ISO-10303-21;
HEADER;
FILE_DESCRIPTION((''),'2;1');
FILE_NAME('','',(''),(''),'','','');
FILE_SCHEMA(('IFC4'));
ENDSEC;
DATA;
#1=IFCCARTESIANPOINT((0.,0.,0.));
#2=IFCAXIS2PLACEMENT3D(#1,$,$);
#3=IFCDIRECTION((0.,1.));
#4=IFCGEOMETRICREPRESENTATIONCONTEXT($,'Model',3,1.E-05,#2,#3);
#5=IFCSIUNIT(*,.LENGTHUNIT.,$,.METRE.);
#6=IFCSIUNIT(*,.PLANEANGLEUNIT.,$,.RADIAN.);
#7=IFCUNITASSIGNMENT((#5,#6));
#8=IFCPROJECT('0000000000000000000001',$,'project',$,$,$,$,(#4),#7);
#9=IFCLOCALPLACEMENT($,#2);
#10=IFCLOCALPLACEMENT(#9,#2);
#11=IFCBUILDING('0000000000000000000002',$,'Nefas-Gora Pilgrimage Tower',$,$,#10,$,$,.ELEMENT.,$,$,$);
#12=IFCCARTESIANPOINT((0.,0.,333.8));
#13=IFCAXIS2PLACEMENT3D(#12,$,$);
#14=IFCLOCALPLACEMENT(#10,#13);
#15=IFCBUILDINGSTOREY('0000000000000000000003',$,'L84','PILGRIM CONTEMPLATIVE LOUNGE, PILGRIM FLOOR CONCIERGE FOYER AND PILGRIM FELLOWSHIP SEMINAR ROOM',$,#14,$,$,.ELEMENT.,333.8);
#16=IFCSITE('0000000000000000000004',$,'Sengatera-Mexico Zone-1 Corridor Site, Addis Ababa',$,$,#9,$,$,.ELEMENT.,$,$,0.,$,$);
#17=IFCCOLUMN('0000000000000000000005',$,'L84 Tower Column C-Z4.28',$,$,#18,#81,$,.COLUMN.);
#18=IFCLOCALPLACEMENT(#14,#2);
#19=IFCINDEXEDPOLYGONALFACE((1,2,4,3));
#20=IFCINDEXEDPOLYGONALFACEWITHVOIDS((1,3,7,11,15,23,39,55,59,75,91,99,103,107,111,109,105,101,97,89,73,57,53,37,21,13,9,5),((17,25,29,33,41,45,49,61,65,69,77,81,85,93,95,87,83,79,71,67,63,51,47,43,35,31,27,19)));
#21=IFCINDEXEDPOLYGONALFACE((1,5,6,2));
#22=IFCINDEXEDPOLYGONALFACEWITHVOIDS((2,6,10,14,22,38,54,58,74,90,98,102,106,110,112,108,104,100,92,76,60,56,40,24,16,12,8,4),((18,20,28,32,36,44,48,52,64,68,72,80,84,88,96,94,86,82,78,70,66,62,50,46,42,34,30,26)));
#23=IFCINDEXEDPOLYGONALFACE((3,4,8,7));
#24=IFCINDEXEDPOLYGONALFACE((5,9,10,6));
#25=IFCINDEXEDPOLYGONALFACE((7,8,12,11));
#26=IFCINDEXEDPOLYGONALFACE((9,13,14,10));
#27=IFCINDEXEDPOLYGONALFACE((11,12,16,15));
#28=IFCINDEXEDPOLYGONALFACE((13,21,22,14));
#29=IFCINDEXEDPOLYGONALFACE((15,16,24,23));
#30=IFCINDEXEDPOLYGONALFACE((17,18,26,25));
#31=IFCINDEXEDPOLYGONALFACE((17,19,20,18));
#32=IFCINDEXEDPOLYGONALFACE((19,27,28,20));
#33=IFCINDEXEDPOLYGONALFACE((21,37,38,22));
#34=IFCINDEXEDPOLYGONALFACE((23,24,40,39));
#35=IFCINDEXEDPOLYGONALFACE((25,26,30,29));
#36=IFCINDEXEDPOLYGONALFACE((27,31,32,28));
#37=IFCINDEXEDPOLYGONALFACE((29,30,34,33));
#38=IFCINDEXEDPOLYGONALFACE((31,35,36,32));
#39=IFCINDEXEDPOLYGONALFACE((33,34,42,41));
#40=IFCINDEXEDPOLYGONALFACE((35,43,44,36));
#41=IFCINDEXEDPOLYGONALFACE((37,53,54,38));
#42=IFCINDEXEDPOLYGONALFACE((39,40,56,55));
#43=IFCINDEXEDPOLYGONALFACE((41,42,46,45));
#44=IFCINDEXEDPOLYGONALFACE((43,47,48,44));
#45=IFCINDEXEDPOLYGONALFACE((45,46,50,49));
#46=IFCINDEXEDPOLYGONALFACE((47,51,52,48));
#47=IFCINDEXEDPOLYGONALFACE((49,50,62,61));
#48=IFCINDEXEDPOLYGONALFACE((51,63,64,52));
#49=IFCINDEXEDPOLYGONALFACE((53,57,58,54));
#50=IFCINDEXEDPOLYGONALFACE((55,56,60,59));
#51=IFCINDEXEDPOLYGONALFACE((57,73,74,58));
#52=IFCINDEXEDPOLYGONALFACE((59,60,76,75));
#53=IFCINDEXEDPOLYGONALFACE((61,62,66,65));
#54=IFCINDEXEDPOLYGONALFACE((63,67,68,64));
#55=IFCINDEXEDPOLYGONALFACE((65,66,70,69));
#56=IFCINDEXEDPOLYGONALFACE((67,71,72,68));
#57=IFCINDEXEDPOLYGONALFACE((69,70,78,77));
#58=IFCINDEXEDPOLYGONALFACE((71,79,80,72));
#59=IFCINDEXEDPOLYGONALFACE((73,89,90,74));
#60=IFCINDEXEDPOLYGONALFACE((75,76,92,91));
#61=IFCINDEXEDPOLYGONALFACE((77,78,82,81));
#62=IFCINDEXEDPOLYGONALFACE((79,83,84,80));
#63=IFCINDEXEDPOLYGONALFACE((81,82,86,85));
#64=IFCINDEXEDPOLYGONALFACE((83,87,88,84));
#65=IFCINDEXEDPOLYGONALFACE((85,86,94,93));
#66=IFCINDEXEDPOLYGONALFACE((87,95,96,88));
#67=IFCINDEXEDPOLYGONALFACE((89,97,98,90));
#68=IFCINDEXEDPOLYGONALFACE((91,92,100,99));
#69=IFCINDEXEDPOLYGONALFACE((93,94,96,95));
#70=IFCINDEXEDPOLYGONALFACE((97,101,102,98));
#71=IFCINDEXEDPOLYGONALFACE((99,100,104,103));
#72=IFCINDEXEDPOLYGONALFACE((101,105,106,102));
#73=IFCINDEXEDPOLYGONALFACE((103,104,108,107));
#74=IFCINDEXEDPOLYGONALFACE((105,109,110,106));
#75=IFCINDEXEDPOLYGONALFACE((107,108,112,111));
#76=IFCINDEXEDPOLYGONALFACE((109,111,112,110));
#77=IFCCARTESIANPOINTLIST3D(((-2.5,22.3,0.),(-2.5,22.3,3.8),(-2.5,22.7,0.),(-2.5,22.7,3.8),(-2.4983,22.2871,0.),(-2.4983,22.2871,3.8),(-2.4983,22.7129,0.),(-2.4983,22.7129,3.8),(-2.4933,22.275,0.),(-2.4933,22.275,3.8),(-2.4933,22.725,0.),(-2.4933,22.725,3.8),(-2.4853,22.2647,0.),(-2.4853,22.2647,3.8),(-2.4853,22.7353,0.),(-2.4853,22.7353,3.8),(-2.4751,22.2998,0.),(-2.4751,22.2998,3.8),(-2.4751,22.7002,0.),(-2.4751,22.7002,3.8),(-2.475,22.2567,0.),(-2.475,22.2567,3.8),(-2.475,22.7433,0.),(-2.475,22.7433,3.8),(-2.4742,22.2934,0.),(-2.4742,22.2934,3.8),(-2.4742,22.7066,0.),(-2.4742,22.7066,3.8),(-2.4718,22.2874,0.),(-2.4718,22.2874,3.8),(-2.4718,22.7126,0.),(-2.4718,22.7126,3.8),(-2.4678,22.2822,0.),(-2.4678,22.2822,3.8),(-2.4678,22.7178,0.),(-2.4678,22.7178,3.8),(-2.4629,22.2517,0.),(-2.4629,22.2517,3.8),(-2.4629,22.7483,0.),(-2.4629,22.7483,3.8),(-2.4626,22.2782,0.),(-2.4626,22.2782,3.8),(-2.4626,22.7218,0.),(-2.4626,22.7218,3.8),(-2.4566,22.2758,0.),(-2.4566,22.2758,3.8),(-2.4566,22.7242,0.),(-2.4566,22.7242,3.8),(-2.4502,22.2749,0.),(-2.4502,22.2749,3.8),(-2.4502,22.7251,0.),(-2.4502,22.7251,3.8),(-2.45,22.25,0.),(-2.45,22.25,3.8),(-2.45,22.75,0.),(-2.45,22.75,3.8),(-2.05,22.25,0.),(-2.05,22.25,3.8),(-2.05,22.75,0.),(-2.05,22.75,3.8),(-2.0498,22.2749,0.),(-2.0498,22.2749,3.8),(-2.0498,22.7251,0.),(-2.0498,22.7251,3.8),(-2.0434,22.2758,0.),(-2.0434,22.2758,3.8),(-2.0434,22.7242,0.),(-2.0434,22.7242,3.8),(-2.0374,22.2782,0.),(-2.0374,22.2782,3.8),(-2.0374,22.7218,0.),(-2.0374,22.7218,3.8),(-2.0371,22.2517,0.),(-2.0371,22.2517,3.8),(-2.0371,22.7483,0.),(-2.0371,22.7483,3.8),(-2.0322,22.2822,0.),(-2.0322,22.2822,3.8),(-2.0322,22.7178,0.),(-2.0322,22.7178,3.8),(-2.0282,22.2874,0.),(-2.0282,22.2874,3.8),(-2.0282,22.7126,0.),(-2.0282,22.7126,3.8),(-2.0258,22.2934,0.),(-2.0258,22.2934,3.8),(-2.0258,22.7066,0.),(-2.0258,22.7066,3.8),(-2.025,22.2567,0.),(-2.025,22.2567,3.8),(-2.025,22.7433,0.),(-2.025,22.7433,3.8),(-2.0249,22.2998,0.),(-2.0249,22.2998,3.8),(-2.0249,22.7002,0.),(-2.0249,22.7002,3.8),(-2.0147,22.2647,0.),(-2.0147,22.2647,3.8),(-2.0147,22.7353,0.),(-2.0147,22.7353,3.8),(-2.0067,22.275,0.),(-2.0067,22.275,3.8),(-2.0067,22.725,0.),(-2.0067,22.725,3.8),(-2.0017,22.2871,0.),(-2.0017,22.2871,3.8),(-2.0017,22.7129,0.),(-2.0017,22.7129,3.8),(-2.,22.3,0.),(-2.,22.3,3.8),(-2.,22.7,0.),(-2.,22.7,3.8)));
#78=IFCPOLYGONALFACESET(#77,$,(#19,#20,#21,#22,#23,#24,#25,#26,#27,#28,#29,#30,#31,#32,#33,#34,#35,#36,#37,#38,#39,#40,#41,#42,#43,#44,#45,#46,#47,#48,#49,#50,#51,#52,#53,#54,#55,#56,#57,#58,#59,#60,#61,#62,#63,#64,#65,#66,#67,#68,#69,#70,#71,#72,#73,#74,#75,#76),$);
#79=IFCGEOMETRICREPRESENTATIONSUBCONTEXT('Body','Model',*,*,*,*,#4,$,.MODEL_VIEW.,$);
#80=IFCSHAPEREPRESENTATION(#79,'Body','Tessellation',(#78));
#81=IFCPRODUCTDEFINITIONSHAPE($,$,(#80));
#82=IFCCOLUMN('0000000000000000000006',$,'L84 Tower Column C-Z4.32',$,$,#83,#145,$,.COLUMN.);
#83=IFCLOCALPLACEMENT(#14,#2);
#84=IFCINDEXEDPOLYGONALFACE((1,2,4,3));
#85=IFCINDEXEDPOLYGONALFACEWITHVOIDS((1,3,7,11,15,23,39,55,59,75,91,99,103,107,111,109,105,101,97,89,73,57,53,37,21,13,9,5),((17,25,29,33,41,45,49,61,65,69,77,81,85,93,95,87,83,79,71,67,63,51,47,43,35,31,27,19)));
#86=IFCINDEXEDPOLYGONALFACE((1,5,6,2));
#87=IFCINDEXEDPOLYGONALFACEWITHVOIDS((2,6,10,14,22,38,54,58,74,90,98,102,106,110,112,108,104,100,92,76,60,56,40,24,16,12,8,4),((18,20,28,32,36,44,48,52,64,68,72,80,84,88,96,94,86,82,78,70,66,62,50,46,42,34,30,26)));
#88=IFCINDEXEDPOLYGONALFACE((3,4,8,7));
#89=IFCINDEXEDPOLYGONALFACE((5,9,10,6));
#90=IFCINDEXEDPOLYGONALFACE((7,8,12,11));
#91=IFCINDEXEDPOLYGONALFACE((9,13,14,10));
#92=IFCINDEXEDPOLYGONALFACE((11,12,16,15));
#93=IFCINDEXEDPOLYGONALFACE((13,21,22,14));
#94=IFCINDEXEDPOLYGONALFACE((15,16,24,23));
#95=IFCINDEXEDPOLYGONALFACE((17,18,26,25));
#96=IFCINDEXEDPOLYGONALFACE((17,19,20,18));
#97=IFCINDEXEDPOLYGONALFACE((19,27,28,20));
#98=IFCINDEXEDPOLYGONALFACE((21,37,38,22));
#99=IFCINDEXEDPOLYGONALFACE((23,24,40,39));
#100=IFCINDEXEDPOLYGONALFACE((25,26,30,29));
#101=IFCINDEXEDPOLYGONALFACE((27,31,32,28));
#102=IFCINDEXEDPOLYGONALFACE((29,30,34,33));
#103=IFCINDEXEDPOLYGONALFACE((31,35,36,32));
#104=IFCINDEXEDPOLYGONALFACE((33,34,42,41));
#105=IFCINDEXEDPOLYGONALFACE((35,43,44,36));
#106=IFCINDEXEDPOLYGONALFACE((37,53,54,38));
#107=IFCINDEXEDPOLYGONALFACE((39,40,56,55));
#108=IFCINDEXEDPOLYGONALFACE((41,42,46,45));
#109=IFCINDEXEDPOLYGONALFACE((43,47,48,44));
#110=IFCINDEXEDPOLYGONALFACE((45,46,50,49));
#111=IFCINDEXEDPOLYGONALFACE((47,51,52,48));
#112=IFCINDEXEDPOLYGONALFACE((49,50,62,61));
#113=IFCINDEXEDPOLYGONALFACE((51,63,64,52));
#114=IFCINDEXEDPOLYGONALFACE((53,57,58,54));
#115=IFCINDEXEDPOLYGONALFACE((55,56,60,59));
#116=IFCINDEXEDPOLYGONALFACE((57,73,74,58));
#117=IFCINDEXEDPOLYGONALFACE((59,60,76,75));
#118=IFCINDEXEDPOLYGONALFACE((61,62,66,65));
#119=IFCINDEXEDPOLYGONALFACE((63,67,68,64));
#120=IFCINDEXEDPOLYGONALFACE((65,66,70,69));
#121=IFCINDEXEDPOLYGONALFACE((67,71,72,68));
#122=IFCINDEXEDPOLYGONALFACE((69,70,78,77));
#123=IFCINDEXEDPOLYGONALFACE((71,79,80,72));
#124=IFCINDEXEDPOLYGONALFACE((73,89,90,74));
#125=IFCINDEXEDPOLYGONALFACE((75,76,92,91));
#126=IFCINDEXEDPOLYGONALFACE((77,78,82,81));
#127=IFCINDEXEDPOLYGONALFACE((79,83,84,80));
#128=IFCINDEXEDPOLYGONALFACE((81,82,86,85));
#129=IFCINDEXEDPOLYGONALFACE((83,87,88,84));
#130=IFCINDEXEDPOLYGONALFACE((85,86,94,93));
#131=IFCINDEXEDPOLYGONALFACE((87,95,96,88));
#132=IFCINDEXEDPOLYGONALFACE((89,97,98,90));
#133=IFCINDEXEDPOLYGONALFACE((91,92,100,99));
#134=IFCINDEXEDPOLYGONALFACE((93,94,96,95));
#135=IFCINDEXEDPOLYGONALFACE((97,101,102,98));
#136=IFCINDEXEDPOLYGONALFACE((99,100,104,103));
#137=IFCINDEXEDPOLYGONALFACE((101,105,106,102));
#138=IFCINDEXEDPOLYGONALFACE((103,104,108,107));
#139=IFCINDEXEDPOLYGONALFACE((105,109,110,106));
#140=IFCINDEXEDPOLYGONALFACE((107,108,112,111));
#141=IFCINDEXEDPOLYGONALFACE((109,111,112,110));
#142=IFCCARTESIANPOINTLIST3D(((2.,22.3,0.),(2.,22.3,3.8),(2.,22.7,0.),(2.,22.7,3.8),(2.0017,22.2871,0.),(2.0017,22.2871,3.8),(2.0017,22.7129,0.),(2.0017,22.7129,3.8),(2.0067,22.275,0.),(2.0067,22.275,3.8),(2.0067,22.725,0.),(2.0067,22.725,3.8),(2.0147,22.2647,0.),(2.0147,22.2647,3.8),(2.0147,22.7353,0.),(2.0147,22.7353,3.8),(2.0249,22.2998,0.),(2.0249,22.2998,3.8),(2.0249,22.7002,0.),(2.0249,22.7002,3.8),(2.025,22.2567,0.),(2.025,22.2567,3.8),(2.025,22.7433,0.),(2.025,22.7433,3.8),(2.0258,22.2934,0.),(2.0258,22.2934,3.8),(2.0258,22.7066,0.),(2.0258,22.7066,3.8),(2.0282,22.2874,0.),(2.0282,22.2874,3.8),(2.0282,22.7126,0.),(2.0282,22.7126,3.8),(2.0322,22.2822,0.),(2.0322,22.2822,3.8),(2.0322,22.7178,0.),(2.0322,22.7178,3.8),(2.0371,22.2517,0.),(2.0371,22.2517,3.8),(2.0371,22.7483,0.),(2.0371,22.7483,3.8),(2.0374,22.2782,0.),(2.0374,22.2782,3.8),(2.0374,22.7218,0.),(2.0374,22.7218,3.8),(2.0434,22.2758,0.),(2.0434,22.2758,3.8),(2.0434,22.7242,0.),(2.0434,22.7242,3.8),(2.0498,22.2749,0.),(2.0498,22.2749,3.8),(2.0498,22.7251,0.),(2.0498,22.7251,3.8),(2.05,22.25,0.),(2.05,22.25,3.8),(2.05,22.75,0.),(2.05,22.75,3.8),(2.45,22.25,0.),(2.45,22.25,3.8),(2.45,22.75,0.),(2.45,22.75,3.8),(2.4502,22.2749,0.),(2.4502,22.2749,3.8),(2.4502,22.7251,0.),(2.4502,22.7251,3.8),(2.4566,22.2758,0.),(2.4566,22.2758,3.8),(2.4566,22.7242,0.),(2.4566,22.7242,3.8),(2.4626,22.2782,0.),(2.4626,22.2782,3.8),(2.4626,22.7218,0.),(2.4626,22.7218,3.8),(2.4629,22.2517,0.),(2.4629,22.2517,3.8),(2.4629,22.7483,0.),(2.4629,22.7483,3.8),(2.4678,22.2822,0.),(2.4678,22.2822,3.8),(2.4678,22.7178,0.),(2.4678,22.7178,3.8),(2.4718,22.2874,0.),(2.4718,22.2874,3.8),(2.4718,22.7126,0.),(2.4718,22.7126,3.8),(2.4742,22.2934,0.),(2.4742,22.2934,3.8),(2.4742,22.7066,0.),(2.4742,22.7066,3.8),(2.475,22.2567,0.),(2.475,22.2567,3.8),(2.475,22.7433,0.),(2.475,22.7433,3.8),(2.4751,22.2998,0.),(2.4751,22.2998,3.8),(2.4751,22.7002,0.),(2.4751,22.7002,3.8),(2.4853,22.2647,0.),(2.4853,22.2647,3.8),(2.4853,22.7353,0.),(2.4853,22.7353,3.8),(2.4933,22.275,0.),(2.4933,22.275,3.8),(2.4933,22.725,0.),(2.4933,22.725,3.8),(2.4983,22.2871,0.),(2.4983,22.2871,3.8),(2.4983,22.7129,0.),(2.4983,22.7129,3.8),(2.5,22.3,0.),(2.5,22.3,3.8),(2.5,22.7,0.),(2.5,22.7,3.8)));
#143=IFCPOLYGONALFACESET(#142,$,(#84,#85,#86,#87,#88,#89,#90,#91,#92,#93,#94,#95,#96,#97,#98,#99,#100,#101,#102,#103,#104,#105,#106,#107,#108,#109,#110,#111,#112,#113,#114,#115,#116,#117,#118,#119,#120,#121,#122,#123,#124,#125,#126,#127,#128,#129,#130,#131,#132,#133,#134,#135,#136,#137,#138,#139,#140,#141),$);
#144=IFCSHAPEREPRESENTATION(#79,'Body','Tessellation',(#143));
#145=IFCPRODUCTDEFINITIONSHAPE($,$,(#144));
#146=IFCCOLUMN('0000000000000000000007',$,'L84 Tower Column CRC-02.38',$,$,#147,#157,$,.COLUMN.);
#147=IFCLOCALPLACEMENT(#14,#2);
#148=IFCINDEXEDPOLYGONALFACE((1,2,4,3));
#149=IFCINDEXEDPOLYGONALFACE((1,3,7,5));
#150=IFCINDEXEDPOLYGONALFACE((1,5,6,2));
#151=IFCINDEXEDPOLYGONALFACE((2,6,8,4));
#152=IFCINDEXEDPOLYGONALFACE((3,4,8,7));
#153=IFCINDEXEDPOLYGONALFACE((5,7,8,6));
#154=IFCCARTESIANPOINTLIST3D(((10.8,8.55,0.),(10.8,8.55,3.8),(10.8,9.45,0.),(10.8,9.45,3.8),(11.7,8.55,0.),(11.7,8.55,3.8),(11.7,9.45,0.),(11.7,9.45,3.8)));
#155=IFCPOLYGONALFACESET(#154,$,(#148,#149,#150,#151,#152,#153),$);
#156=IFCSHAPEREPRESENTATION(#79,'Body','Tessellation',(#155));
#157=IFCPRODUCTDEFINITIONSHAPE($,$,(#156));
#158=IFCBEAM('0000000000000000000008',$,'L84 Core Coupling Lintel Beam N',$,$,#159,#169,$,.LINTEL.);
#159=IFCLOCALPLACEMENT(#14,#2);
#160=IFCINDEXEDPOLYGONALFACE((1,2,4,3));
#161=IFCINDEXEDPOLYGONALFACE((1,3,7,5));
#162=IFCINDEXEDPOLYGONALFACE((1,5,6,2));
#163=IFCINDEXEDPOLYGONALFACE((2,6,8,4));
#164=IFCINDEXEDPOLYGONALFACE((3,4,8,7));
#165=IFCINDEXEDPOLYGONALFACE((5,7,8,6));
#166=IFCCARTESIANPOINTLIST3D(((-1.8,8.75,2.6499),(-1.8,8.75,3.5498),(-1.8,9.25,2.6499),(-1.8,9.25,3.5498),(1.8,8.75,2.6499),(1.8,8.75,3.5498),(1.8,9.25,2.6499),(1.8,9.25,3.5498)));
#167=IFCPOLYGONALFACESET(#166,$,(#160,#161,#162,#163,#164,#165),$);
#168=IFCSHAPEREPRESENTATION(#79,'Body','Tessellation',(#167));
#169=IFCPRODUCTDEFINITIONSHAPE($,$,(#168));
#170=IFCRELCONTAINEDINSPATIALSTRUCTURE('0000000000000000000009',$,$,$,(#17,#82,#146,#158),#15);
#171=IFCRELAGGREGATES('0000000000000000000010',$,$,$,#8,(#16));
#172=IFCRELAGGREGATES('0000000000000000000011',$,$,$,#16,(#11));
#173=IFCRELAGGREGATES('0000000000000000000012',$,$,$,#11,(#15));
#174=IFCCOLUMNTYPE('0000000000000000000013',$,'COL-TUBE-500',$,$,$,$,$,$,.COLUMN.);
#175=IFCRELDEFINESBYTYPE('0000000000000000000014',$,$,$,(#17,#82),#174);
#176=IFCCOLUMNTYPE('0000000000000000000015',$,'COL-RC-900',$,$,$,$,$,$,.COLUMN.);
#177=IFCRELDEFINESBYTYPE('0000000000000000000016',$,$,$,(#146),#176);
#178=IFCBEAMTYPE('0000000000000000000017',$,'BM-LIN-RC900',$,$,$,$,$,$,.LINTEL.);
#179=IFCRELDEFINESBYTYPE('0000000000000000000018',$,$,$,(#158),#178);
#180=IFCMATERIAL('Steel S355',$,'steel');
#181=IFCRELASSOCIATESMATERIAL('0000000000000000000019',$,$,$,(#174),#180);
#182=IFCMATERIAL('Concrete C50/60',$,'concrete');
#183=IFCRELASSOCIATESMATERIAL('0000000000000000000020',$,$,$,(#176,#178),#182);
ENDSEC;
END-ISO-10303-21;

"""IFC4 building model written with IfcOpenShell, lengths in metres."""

from ifc_helpers import new_model, si_unit, direction, frame, origin, origin_2d, place, context, subcontext, project, spatial, rectangle, hollow_rectangle, extrude, source, transform, mapped, material, material_profile, profile_set, type_object, element, save


model = new_model("IFC4")

# Units and contexts
model_context = context("Model", 3, precision=1e-05, world=origin(), true_north=direction((0.0, 1.0)))
body_context = subcontext(model_context, "Body", "Model", "MODEL_VIEW")
ifc_project = project(units=[si_unit("LENGTHUNIT", "METRE"), si_unit("PLANEANGLEUNIT", "RADIAN")], contexts=[model_context])

# Site, building, storey
site_placement = place(None, origin())
site = spatial("IfcSite", under=ifc_project, at=site_placement, Name="Sengatera-Mexico Zone-1 Corridor Site, Addis Ababa", CompositionType="ELEMENT", RefElevation=0.0)
building_placement = place(site_placement, origin())
building = spatial("IfcBuilding", under=site, at=building_placement, Name="Nefas-Gora Pilgrimage Tower", CompositionType="ELEMENT")
storey_placement = place(building_placement, frame((0.0, 0.0, 333.8)))
storey = spatial("IfcBuildingStorey", under=building, at=storey_placement, Name="L84", Description="PILGRIM CONTEMPLATIVE LOUNGE, PILGRIM FLOOR CONCIERGE FOYER AND PILGRIM FELLOWSHIP SEMINAR ROOM", CompositionType="ELEMENT", Elevation=333.8)

# Columns
ifc_material_1 = material(Name="Steel S355", Category="steel")
ifc_material_profile_1 = material_profile(ifc_material_1, hollow_rectangle(XDim=0.5, YDim=0.5, WallThickness=0.0249, InnerFilletRadius=0.0249, OuterFilletRadius=0.05, at=origin_2d()), Name="SHS 500x500x25")
ifc_profile_set_1 = profile_set([ifc_material_profile_1], Name="Steel S355")
column_type_1 = type_object("IfcColumnType", Name="COL-TUBE-500", PredefinedType="COLUMN", material=ifc_profile_set_1)
shared_shape_1 = source(origin(), body_context, "Body", "SweptSolid", [
    extrude(hollow_rectangle(XDim=0.5, YDim=0.5, WallThickness=0.0249, InnerFilletRadius=0.0249, OuterFilletRadius=0.05, at=origin_2d()), origin(), (0.0, 0.0, 1.0), 3.8),
])
for number, where, z_axis, x_axis, name in (
    (1, (-2.25, 22.5, 0.0), (0.0, 0.0, 1.0), (1.0, 0.0, 0.0), "L84 Tower Column C-Z4.28"),
    (2, (2.25, 22.5, 0.0), (0.0, 0.0, 1.0), (1.0, 0.0, 0.0), "L84 Tower Column C-Z4.32"),
):
    element("IfcColumn", number, at=place(storey_placement, frame(where, z_axis=z_axis, x_axis=x_axis)), inside=storey, type_object=column_type_1, Name=name, PredefinedType="COLUMN", context=body_context, shape_type="MappedRepresentation", body=[
        mapped(shared_shape_1, transform((0.0, 0.0, 0.0), x_axis=(1.0, 0.0, 0.0), y_axis=(0.0, 1.0, 0.0), z_axis=(0.0, 0.0, 1.0), scale=1.0)),
    ])
ifc_material_2 = material(Name="Concrete C50/60", Category="concrete")
ifc_material_profile_2 = material_profile(ifc_material_2, rectangle(XDim=0.8999, YDim=0.8999, at=origin_2d()), Name="RC 900x900")
ifc_profile_set_2 = profile_set([ifc_material_profile_2], Name="Concrete C50/60")
column_type_2 = type_object("IfcColumnType", Name="COL-RC-900", PredefinedType="COLUMN", material=ifc_profile_set_2)
shared_shape_2 = source(origin(), body_context, "Body", "SweptSolid", [
    extrude(rectangle(XDim=0.8999, YDim=0.8999, at=origin_2d()), origin(), (0.0, 0.0, 1.0), 3.8),
])
column_placement = place(storey_placement, frame((11.25, 9.0, 0.0), z_axis=(0.0, 0.0, 1.0), x_axis=(1.0, 0.0, 0.0)))
element("IfcColumn", 3, at=column_placement, inside=storey, type_object=column_type_2, Name="L84 Tower Column CRC-02.38", PredefinedType="COLUMN", context=body_context, shape_type="MappedRepresentation", body=[
    mapped(shared_shape_2, transform((0.0, 0.0, 0.0), x_axis=(1.0, 0.0, 0.0), y_axis=(0.0, 1.0, 0.0), z_axis=(0.0, 0.0, 1.0), scale=1.0)),
])

# Beam
ifc_material_profile_3 = material_profile(ifc_material_2, rectangle(XDim=0.5, YDim=0.8999, at=origin_2d()), Name="RC 500x900")
ifc_profile_set_3 = profile_set([ifc_material_profile_3], Name="Concrete C50/60")
beam_type_1 = type_object("IfcBeamType", Name="BM-LIN-RC900", PredefinedType="LINTEL", material=ifc_profile_set_3)
shared_shape_3 = source(origin(), body_context, "Body", "SweptSolid", [
    extrude(rectangle(XDim=0.5, YDim=0.8999, at=origin_2d()), origin(), (0.0, 0.0, 1.0), 3.6001),
])
beam_1_placement = place(storey_placement, frame((-1.8, 9.0, 3.0999), z_axis=(1.0, 0.0, 0.0), x_axis=(0.0, 1.0, 0.0)))
element("IfcBeam", 4, at=beam_1_placement, inside=storey, type_object=beam_type_1, Name="L84 Core Coupling Lintel Beam N", PredefinedType="LINTEL", context=body_context, shape_type="MappedRepresentation", body=[
    mapped(shared_shape_3, transform((0.0, 0.0, 0.0), x_axis=(1.0, 0.0, 0.0), y_axis=(0.0, 1.0, 0.0), z_axis=(0.0, 0.0, 1.0), scale=1.0)),
])

save(model, "model.ifc")
